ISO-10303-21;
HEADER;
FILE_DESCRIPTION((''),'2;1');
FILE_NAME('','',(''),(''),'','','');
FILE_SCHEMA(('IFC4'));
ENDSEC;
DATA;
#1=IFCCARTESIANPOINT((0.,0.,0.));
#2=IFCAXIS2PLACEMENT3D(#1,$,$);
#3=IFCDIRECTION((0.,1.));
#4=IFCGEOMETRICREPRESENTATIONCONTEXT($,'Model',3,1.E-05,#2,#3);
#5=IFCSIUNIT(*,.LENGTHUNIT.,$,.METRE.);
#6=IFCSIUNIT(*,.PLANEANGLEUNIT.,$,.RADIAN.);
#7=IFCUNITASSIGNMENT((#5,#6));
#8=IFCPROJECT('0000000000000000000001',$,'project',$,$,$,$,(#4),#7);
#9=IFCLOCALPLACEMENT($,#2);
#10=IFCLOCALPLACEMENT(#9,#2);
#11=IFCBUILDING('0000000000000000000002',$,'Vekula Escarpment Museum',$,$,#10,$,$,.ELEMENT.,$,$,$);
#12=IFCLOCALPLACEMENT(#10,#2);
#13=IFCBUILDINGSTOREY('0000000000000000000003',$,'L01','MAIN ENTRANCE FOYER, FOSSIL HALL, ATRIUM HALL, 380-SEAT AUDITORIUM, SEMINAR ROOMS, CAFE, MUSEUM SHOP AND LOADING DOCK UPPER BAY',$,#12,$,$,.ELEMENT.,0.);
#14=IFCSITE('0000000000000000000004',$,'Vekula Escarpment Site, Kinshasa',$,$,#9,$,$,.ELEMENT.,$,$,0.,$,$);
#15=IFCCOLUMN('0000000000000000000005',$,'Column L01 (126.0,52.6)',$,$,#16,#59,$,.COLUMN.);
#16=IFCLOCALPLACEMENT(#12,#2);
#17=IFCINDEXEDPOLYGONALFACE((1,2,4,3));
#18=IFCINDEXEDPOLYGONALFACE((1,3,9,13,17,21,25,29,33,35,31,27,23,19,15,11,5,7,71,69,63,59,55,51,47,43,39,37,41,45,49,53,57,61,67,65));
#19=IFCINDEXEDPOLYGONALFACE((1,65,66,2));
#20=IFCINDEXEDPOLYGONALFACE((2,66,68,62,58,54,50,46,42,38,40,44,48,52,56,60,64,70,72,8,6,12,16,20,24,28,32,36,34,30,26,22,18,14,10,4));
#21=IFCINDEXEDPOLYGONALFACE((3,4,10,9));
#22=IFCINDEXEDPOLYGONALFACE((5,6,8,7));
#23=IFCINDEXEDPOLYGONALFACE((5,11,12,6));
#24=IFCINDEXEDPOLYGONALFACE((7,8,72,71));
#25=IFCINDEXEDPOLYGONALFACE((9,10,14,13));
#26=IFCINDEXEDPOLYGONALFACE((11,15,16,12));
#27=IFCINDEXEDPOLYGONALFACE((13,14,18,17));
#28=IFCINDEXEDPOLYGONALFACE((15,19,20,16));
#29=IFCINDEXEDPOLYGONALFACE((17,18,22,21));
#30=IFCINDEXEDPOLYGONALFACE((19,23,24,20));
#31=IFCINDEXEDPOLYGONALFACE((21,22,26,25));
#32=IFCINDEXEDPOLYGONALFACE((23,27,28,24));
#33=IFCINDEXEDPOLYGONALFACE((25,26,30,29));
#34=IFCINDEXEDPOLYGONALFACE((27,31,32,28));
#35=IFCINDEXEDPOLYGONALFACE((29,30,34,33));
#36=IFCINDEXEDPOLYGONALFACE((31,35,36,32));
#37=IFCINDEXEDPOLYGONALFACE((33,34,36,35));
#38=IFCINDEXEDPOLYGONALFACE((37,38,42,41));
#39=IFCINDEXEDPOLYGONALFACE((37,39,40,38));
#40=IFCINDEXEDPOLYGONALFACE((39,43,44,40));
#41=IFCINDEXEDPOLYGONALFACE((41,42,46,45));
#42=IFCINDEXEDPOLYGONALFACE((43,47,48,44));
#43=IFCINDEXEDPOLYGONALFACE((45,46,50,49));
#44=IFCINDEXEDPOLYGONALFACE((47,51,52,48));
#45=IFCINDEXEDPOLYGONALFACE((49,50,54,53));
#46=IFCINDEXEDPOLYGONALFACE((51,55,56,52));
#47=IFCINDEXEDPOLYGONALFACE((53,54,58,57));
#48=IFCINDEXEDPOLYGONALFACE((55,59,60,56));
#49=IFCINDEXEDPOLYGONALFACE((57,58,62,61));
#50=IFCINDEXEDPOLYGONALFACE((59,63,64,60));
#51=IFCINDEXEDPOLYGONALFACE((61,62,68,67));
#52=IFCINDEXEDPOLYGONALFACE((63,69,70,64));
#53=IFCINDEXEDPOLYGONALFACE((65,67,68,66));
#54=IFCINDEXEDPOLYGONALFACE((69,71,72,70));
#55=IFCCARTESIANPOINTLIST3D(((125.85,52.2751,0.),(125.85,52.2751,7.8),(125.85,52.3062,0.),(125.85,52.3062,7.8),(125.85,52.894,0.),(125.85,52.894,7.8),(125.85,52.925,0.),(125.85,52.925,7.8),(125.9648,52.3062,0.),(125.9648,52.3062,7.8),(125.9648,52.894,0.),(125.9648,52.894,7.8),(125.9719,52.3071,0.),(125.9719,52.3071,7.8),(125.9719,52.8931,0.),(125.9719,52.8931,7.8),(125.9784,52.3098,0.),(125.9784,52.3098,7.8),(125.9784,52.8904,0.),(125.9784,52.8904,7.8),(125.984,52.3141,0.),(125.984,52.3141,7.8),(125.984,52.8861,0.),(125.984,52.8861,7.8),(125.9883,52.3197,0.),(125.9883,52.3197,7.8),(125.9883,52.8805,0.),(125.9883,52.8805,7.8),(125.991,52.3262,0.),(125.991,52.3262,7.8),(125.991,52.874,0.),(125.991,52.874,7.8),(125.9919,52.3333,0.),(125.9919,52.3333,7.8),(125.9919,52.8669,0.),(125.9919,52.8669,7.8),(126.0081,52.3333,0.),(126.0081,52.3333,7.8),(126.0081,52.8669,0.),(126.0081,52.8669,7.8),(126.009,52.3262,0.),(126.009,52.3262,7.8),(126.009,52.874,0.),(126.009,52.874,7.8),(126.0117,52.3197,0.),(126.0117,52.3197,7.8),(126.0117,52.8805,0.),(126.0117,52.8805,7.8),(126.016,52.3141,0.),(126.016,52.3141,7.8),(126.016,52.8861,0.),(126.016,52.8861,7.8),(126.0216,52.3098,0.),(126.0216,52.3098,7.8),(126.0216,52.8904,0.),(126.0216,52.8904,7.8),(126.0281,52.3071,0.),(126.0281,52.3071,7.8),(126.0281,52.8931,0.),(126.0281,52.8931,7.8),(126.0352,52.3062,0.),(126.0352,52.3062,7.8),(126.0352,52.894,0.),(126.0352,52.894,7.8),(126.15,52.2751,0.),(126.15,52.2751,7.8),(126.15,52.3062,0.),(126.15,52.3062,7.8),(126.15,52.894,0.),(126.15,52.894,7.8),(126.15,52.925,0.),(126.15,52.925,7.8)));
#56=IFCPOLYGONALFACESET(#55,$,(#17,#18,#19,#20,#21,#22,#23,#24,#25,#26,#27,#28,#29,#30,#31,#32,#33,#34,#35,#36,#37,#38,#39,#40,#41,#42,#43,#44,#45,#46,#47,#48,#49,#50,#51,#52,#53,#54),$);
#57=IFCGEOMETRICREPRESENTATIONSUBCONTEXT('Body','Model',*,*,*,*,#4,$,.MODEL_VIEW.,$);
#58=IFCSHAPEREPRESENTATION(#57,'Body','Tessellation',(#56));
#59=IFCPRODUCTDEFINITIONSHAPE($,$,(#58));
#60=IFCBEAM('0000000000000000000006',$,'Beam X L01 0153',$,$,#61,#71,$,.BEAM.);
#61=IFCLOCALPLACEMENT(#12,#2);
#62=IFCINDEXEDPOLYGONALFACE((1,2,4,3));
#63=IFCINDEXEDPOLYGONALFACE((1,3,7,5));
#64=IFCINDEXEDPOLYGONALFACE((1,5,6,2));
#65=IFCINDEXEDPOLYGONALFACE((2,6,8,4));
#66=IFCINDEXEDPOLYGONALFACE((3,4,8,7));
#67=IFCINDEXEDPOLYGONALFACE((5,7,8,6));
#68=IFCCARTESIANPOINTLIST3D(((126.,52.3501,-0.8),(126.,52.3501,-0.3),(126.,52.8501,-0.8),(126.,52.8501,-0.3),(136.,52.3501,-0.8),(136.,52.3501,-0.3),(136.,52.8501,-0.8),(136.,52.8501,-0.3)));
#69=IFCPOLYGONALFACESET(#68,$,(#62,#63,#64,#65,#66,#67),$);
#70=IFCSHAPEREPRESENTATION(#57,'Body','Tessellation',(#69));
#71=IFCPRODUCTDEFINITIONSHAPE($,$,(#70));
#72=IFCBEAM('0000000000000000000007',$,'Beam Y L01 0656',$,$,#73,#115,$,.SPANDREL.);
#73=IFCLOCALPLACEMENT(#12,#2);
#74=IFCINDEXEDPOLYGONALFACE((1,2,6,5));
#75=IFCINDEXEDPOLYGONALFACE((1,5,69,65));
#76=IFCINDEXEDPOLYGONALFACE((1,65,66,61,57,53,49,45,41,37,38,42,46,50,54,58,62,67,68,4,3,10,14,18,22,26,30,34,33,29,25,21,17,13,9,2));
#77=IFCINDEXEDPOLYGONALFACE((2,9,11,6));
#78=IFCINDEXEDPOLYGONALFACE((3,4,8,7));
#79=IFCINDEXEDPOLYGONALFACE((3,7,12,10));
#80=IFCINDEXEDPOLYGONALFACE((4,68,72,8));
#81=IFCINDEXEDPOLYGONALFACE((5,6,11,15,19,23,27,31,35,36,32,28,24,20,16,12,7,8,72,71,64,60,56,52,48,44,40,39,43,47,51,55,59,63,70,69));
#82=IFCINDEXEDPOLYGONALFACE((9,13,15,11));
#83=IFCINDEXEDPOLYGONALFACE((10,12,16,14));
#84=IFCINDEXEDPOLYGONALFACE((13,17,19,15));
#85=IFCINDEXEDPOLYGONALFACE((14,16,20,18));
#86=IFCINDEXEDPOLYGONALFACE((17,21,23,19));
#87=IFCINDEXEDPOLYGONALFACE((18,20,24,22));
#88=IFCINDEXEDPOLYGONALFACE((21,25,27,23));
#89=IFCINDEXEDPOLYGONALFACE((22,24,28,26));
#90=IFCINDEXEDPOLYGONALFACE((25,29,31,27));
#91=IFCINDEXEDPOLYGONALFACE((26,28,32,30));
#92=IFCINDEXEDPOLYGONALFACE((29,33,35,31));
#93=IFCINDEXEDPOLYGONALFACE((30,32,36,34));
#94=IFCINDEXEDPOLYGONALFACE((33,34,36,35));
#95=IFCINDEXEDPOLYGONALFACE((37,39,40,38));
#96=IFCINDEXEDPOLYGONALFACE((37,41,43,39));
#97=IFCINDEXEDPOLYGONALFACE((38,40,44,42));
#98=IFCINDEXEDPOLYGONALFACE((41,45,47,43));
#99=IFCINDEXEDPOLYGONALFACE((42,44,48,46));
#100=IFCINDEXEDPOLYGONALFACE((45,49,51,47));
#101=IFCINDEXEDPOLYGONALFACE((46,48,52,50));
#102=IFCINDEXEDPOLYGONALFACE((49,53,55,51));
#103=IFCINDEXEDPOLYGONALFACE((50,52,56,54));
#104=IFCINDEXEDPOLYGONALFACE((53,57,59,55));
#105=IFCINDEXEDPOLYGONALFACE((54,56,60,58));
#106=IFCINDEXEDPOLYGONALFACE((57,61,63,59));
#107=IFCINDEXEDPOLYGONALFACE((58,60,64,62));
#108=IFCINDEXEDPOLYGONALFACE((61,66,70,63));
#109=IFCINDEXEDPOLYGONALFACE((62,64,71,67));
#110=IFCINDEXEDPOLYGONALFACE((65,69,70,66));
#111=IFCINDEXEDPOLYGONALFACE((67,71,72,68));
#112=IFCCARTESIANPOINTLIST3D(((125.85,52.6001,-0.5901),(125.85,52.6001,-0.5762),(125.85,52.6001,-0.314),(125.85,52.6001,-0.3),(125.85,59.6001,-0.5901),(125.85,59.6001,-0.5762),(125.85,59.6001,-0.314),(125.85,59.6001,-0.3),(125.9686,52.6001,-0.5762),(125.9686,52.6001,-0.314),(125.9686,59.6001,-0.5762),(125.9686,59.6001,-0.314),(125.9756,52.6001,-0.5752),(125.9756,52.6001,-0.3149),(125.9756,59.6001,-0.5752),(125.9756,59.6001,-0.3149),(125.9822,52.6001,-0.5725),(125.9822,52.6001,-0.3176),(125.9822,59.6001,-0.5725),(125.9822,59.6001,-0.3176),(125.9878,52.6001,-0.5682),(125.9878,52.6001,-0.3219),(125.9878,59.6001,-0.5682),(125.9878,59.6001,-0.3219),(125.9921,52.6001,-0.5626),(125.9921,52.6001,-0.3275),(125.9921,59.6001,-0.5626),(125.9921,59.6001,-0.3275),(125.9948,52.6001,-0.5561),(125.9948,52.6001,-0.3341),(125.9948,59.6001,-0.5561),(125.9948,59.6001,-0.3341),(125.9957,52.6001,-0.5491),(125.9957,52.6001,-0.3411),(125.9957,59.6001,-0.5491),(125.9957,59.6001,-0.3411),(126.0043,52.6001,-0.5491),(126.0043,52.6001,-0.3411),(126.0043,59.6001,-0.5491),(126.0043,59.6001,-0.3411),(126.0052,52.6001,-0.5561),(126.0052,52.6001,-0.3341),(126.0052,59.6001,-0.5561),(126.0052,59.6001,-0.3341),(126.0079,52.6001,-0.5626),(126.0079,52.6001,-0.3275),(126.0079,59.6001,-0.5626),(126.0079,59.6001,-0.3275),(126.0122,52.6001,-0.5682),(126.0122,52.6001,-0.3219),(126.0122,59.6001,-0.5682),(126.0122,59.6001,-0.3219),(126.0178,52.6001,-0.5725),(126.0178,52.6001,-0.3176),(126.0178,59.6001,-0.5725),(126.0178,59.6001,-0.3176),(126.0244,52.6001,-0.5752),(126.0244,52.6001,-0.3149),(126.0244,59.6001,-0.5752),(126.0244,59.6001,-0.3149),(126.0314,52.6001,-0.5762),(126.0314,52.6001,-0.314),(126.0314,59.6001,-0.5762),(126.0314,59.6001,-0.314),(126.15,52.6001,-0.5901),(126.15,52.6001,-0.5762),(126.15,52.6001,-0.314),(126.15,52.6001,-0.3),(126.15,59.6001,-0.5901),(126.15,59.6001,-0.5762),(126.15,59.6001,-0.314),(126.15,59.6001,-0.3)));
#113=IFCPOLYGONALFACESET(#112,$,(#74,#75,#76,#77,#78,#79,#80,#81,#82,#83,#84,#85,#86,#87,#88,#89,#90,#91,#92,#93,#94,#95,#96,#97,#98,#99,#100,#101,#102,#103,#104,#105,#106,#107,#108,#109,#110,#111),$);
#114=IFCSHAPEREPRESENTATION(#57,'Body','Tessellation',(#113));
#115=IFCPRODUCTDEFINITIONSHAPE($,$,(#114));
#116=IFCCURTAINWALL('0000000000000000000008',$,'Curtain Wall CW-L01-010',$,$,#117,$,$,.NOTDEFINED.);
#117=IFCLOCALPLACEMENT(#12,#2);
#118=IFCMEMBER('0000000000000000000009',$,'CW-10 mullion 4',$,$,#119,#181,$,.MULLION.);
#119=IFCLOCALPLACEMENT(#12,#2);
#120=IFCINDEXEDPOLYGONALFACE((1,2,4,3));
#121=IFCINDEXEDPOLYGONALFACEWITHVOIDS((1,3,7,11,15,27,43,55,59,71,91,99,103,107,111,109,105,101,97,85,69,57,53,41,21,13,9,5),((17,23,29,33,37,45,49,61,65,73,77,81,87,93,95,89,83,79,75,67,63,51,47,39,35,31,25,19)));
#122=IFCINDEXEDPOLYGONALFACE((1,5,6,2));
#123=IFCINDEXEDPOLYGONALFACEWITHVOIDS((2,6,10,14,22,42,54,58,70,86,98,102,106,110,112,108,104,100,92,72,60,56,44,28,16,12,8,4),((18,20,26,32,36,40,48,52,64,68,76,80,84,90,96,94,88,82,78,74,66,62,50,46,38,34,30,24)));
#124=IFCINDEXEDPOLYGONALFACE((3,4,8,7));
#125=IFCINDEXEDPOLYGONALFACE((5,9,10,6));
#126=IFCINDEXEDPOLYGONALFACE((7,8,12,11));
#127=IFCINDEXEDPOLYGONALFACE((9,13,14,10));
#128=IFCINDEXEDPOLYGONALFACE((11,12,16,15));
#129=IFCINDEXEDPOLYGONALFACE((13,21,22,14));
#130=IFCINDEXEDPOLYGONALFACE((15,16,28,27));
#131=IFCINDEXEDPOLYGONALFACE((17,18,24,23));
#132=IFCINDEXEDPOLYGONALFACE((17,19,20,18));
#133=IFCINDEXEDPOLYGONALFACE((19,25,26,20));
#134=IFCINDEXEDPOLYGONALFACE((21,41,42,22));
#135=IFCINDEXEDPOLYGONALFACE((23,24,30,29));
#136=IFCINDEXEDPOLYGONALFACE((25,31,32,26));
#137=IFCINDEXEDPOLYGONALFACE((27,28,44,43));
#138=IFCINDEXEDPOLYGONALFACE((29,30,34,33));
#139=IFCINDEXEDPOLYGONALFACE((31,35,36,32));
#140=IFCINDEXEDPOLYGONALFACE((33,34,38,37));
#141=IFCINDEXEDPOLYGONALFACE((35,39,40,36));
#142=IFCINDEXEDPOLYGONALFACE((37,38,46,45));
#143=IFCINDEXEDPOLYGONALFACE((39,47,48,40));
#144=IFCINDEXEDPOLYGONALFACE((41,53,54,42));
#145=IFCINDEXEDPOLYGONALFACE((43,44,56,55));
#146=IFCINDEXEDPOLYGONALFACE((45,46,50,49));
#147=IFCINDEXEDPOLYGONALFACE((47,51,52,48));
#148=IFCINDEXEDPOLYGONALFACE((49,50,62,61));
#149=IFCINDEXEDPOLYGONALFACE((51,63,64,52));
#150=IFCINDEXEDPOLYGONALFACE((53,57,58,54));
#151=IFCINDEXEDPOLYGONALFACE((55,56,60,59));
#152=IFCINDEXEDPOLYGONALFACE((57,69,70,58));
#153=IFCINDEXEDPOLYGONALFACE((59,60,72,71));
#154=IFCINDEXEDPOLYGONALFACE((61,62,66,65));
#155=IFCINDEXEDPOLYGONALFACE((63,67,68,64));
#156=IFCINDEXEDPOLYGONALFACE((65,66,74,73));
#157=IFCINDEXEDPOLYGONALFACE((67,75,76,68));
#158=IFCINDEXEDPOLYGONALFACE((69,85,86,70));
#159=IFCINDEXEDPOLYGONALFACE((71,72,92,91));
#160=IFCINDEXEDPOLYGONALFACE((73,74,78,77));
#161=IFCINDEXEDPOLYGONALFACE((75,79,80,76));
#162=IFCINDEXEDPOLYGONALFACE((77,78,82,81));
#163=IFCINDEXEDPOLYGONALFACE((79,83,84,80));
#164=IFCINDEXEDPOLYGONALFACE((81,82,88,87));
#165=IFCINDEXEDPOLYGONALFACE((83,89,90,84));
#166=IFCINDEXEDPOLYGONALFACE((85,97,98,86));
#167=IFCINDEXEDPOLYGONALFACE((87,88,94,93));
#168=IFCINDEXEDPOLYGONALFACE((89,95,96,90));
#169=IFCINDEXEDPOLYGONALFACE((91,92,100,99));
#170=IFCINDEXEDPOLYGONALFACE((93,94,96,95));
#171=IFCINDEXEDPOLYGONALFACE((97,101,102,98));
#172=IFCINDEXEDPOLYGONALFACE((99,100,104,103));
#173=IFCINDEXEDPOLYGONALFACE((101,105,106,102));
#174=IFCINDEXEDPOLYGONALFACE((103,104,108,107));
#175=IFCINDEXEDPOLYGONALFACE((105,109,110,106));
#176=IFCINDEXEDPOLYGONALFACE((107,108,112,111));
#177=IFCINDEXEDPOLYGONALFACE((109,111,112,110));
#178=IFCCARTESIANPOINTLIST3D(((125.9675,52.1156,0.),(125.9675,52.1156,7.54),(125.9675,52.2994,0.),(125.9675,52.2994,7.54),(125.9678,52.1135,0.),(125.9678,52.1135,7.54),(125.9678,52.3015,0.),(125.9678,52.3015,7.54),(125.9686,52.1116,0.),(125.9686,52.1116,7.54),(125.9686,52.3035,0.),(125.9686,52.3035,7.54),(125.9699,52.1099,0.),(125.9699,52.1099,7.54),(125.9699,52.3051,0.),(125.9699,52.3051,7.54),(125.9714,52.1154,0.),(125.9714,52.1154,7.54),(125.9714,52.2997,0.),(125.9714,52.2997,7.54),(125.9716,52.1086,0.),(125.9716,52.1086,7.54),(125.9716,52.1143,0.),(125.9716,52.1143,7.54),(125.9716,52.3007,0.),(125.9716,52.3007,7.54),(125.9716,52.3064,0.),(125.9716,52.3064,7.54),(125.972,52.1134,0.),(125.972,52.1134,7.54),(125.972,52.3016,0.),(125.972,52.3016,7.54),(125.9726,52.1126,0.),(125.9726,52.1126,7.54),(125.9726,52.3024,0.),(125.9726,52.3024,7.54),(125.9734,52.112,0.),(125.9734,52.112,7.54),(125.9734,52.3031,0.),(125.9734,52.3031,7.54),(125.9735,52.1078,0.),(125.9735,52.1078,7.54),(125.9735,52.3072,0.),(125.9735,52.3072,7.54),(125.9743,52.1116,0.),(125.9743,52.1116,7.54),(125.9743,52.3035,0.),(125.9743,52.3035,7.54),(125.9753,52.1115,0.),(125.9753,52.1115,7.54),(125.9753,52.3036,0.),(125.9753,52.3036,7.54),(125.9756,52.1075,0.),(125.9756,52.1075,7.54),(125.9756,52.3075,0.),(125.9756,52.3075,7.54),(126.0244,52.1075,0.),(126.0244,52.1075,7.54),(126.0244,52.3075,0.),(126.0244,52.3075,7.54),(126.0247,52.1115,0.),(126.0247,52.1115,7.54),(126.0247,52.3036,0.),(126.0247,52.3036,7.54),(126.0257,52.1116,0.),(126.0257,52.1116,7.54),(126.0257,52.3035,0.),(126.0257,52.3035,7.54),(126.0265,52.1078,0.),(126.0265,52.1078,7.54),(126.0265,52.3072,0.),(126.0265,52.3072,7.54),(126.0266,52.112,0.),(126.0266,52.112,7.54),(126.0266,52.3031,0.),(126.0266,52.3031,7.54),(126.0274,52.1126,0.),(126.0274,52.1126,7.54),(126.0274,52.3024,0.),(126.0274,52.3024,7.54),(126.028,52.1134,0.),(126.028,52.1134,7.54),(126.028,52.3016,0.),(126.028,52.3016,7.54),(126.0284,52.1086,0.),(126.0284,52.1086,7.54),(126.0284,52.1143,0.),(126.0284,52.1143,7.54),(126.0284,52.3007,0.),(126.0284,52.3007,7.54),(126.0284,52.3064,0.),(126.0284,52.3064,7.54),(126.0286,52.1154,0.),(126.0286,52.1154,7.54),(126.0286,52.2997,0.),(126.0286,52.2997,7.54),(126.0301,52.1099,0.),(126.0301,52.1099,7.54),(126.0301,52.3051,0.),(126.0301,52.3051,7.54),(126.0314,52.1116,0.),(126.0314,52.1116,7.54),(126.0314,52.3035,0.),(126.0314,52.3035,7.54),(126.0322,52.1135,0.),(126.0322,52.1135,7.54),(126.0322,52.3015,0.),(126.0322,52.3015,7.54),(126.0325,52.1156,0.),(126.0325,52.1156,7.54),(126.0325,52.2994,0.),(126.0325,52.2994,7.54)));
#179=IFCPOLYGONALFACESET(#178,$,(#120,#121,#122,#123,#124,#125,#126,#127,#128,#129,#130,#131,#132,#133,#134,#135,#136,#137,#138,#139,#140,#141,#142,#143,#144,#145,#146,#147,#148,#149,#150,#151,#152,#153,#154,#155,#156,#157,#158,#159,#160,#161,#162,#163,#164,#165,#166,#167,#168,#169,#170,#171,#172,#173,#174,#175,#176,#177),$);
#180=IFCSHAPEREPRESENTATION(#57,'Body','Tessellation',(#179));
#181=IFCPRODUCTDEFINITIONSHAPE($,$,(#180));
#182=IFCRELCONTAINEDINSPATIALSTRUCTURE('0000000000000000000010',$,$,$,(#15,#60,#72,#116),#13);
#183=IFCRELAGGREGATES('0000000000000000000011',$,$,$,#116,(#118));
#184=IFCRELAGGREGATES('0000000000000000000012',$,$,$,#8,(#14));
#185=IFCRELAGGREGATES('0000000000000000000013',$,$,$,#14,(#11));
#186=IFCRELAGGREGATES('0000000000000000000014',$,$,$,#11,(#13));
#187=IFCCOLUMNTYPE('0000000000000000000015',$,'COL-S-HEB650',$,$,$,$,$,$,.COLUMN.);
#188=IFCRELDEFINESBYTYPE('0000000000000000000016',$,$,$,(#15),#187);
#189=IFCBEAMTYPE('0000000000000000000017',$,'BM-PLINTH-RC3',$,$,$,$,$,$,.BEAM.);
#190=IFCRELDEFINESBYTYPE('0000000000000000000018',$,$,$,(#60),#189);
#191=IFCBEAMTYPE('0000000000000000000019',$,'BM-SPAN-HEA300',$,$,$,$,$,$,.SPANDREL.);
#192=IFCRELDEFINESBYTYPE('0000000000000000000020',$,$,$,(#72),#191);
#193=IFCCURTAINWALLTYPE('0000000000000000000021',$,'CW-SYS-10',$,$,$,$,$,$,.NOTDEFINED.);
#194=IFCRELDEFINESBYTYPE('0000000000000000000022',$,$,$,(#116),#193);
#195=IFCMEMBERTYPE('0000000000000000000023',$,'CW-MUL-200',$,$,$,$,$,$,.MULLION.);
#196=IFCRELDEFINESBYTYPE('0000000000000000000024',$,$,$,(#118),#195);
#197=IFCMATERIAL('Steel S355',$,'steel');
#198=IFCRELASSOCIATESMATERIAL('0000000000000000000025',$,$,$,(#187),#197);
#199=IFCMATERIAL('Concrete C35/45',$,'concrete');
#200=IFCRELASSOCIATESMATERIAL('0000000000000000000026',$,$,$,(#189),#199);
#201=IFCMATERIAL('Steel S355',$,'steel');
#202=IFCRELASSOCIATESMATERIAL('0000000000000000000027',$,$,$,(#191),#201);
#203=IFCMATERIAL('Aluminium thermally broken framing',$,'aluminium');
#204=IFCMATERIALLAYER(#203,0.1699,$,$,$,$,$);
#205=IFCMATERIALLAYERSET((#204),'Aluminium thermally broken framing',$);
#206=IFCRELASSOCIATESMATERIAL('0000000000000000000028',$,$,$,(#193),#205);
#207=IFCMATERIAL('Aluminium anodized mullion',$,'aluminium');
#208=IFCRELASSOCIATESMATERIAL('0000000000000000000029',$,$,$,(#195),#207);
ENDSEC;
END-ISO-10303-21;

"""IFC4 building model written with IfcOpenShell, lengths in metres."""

from ifc_helpers import new_model, si_unit, direction, frame, origin, origin_2d, place, context, subcontext, project, spatial, rectangle, hollow_rectangle, i_section, extrude, material, layer, layer_set, material_profile, profile_set, type_object, element, aggregate, save


model = new_model("IFC4")

# Units and contexts
model_context = context("Model", 3, precision=1e-05, world=origin(), true_north=direction((0.0, 1.0)))
body_context = subcontext(model_context, "Body", "Model", "MODEL_VIEW")
ifc_project = project(units=[si_unit("LENGTHUNIT", "METRE"), si_unit("PLANEANGLEUNIT", "RADIAN")], contexts=[model_context])

# Site, building, storey
site_placement = place(None, origin())
site = spatial("IfcSite", under=ifc_project, at=site_placement, Name="Vekula Escarpment Site, Kinshasa", CompositionType="ELEMENT", RefElevation=0.0)
building_placement = place(site_placement, origin())
building = spatial("IfcBuilding", under=site, at=building_placement, Name="Vekula Escarpment Museum", CompositionType="ELEMENT")
storey_placement = place(building_placement, origin())
storey = spatial("IfcBuildingStorey", under=building, at=storey_placement, Name="L01", Description="MAIN ENTRANCE FOYER, FOSSIL HALL, ATRIUM HALL, 380-SEAT AUDITORIUM, SEMINAR ROOMS, CAFE, MUSEUM SHOP AND LOADING DOCK UPPER BAY", CompositionType="ELEMENT", Elevation=0.0)

# Column
ifc_material_1 = material(Name="Steel S355", Category="steel")
ifc_material_profile_1 = material_profile(ifc_material_1, i_section(OverallWidth=0.3, OverallDepth=0.6499, WebThickness=0.0161, FlangeThickness=0.031, FilletRadius=0.0271, at=origin_2d()), Name="HEB 650")
ifc_profile_set_1 = profile_set([ifc_material_profile_1], Name="Steel S355")
column_type = type_object("IfcColumnType", Name="COL-S-HEB650", PredefinedType="COLUMN", material=ifc_profile_set_1)
column_placement = place(storey_placement, frame((126.0, 52.6001, 0.0), z_axis=(0.0, 0.0, 1.0), x_axis=(1.0, 0.0, 0.0)))
element("IfcColumn", 1, at=column_placement, inside=storey, type_object=column_type, Name="Column L01 (126.0,52.6)", PredefinedType="COLUMN", context=body_context, shape_type="SweptSolid", body=[
    extrude(i_section(OverallWidth=0.3, OverallDepth=0.6499, WebThickness=0.0161, FlangeThickness=0.031, FilletRadius=0.0271, at=origin_2d()), origin(), (0.0, 0.0, 1.0), 7.8),
])

# Beams
ifc_material_2 = material(Name="Concrete C35/45", Category="concrete")
ifc_material_profile_2 = material_profile(ifc_material_2, rectangle(XDim=0.5, YDim=0.5, at=origin_2d()), Name="RC 500x500")
ifc_profile_set_2 = profile_set([ifc_material_profile_2], Name="Concrete C35/45")
beam_type_1 = type_object("IfcBeamType", Name="BM-PLINTH-RC3", PredefinedType="BEAM", material=ifc_profile_set_2)
beam_1_placement = place(storey_placement, frame((126.0, 52.6001, -0.55), z_axis=(1.0, 0.0, 0.0), x_axis=(0.0, 1.0, 0.0)))
element("IfcBeam", 2, at=beam_1_placement, inside=storey, type_object=beam_type_1, Name="Beam X L01 0153", PredefinedType="BEAM", context=body_context, shape_type="SweptSolid", body=[
    extrude(rectangle(XDim=0.5, YDim=0.5, at=origin_2d()), origin(), (0.0, 0.0, 1.0), 10.0),
])
ifc_material_3 = material(Name="Steel S355", Category="steel")
ifc_material_profile_3 = material_profile(ifc_material_3, i_section(OverallWidth=0.3, OverallDepth=0.29, WebThickness=0.0085, FlangeThickness=0.0139, FilletRadius=0.0271, at=origin_2d()), Name="HEA 300")
ifc_profile_set_3 = profile_set([ifc_material_profile_3], Name="Steel S355")
beam_type_2 = type_object("IfcBeamType", Name="BM-SPAN-HEA300", PredefinedType="SPANDREL", material=ifc_profile_set_3)
beam_2_placement = place(storey_placement, frame((126.0, 52.6001, -0.4451), z_axis=(0.0, 1.0, 0.0), x_axis=(-1.0, 0.0, 0.0)))
element("IfcBeam", 3, at=beam_2_placement, inside=storey, type_object=beam_type_2, Name="Beam Y L01 0656", PredefinedType="SPANDREL", context=body_context, shape_type="SweptSolid", body=[
    extrude(i_section(OverallWidth=0.3, OverallDepth=0.29, WebThickness=0.0085, FlangeThickness=0.0139, FilletRadius=0.0271, at=origin_2d()), origin(), (0.0, 0.0, 1.0), 7.0),
])

# Curtain wall, member
ifc_material_4 = material(Name="Aluminium thermally broken framing", Category="aluminium")
ifc_layer_1 = layer(ifc_material_4, 0.1699)
ifc_layer_set_1 = layer_set([ifc_layer_1], Name="Aluminium thermally broken framing")
curtain_wall_type_1 = type_object("IfcCurtainWallType", Name="CW-SYS-10", PredefinedType="NOTDEFINED", material=ifc_layer_set_1)
curtain_wall_1_placement = place(storey_placement, origin())
curtain_wall_1 = element("IfcCurtainWall", 4, at=curtain_wall_1_placement, inside=storey, type_object=curtain_wall_type_1, Name="Curtain Wall CW-L01-010", PredefinedType="NOTDEFINED")
ifc_material_5 = material(Name="Aluminium anodized mullion", Category="aluminium")
ifc_material_profile_4 = material_profile(ifc_material_5, hollow_rectangle(XDim=0.0649, YDim=0.2, WallThickness=0.0039, InnerFilletRadius=0.0039, OuterFilletRadius=0.0081, at=origin_2d()), Name="ALU 200x65x4")
ifc_profile_set_4 = profile_set([ifc_material_profile_4], Name="Aluminium anodized mullion")
member_type_1 = type_object("IfcMemberType", Name="CW-MUL-200", PredefinedType="MULLION", material=ifc_profile_set_4)
member_1_placement = place(storey_placement, frame((126.0, 52.2075, 0.0), z_axis=(0.0, 0.0, 1.0), x_axis=(-1.0, 0.0, 0.0)))
member_1 = element("IfcMember", 5, at=member_1_placement, type_object=member_type_1, Name="CW-10 mullion 4", PredefinedType="MULLION", context=body_context, shape_type="SweptSolid", body=[
    extrude(hollow_rectangle(XDim=0.0649, YDim=0.2, WallThickness=0.0039, InnerFilletRadius=0.0039, OuterFilletRadius=0.0081, at=origin_2d()), origin(), (0.0, 0.0, 1.0), 7.54),
])

aggregate(curtain_wall_1, [member_1])

save(model, "model.ifc")
